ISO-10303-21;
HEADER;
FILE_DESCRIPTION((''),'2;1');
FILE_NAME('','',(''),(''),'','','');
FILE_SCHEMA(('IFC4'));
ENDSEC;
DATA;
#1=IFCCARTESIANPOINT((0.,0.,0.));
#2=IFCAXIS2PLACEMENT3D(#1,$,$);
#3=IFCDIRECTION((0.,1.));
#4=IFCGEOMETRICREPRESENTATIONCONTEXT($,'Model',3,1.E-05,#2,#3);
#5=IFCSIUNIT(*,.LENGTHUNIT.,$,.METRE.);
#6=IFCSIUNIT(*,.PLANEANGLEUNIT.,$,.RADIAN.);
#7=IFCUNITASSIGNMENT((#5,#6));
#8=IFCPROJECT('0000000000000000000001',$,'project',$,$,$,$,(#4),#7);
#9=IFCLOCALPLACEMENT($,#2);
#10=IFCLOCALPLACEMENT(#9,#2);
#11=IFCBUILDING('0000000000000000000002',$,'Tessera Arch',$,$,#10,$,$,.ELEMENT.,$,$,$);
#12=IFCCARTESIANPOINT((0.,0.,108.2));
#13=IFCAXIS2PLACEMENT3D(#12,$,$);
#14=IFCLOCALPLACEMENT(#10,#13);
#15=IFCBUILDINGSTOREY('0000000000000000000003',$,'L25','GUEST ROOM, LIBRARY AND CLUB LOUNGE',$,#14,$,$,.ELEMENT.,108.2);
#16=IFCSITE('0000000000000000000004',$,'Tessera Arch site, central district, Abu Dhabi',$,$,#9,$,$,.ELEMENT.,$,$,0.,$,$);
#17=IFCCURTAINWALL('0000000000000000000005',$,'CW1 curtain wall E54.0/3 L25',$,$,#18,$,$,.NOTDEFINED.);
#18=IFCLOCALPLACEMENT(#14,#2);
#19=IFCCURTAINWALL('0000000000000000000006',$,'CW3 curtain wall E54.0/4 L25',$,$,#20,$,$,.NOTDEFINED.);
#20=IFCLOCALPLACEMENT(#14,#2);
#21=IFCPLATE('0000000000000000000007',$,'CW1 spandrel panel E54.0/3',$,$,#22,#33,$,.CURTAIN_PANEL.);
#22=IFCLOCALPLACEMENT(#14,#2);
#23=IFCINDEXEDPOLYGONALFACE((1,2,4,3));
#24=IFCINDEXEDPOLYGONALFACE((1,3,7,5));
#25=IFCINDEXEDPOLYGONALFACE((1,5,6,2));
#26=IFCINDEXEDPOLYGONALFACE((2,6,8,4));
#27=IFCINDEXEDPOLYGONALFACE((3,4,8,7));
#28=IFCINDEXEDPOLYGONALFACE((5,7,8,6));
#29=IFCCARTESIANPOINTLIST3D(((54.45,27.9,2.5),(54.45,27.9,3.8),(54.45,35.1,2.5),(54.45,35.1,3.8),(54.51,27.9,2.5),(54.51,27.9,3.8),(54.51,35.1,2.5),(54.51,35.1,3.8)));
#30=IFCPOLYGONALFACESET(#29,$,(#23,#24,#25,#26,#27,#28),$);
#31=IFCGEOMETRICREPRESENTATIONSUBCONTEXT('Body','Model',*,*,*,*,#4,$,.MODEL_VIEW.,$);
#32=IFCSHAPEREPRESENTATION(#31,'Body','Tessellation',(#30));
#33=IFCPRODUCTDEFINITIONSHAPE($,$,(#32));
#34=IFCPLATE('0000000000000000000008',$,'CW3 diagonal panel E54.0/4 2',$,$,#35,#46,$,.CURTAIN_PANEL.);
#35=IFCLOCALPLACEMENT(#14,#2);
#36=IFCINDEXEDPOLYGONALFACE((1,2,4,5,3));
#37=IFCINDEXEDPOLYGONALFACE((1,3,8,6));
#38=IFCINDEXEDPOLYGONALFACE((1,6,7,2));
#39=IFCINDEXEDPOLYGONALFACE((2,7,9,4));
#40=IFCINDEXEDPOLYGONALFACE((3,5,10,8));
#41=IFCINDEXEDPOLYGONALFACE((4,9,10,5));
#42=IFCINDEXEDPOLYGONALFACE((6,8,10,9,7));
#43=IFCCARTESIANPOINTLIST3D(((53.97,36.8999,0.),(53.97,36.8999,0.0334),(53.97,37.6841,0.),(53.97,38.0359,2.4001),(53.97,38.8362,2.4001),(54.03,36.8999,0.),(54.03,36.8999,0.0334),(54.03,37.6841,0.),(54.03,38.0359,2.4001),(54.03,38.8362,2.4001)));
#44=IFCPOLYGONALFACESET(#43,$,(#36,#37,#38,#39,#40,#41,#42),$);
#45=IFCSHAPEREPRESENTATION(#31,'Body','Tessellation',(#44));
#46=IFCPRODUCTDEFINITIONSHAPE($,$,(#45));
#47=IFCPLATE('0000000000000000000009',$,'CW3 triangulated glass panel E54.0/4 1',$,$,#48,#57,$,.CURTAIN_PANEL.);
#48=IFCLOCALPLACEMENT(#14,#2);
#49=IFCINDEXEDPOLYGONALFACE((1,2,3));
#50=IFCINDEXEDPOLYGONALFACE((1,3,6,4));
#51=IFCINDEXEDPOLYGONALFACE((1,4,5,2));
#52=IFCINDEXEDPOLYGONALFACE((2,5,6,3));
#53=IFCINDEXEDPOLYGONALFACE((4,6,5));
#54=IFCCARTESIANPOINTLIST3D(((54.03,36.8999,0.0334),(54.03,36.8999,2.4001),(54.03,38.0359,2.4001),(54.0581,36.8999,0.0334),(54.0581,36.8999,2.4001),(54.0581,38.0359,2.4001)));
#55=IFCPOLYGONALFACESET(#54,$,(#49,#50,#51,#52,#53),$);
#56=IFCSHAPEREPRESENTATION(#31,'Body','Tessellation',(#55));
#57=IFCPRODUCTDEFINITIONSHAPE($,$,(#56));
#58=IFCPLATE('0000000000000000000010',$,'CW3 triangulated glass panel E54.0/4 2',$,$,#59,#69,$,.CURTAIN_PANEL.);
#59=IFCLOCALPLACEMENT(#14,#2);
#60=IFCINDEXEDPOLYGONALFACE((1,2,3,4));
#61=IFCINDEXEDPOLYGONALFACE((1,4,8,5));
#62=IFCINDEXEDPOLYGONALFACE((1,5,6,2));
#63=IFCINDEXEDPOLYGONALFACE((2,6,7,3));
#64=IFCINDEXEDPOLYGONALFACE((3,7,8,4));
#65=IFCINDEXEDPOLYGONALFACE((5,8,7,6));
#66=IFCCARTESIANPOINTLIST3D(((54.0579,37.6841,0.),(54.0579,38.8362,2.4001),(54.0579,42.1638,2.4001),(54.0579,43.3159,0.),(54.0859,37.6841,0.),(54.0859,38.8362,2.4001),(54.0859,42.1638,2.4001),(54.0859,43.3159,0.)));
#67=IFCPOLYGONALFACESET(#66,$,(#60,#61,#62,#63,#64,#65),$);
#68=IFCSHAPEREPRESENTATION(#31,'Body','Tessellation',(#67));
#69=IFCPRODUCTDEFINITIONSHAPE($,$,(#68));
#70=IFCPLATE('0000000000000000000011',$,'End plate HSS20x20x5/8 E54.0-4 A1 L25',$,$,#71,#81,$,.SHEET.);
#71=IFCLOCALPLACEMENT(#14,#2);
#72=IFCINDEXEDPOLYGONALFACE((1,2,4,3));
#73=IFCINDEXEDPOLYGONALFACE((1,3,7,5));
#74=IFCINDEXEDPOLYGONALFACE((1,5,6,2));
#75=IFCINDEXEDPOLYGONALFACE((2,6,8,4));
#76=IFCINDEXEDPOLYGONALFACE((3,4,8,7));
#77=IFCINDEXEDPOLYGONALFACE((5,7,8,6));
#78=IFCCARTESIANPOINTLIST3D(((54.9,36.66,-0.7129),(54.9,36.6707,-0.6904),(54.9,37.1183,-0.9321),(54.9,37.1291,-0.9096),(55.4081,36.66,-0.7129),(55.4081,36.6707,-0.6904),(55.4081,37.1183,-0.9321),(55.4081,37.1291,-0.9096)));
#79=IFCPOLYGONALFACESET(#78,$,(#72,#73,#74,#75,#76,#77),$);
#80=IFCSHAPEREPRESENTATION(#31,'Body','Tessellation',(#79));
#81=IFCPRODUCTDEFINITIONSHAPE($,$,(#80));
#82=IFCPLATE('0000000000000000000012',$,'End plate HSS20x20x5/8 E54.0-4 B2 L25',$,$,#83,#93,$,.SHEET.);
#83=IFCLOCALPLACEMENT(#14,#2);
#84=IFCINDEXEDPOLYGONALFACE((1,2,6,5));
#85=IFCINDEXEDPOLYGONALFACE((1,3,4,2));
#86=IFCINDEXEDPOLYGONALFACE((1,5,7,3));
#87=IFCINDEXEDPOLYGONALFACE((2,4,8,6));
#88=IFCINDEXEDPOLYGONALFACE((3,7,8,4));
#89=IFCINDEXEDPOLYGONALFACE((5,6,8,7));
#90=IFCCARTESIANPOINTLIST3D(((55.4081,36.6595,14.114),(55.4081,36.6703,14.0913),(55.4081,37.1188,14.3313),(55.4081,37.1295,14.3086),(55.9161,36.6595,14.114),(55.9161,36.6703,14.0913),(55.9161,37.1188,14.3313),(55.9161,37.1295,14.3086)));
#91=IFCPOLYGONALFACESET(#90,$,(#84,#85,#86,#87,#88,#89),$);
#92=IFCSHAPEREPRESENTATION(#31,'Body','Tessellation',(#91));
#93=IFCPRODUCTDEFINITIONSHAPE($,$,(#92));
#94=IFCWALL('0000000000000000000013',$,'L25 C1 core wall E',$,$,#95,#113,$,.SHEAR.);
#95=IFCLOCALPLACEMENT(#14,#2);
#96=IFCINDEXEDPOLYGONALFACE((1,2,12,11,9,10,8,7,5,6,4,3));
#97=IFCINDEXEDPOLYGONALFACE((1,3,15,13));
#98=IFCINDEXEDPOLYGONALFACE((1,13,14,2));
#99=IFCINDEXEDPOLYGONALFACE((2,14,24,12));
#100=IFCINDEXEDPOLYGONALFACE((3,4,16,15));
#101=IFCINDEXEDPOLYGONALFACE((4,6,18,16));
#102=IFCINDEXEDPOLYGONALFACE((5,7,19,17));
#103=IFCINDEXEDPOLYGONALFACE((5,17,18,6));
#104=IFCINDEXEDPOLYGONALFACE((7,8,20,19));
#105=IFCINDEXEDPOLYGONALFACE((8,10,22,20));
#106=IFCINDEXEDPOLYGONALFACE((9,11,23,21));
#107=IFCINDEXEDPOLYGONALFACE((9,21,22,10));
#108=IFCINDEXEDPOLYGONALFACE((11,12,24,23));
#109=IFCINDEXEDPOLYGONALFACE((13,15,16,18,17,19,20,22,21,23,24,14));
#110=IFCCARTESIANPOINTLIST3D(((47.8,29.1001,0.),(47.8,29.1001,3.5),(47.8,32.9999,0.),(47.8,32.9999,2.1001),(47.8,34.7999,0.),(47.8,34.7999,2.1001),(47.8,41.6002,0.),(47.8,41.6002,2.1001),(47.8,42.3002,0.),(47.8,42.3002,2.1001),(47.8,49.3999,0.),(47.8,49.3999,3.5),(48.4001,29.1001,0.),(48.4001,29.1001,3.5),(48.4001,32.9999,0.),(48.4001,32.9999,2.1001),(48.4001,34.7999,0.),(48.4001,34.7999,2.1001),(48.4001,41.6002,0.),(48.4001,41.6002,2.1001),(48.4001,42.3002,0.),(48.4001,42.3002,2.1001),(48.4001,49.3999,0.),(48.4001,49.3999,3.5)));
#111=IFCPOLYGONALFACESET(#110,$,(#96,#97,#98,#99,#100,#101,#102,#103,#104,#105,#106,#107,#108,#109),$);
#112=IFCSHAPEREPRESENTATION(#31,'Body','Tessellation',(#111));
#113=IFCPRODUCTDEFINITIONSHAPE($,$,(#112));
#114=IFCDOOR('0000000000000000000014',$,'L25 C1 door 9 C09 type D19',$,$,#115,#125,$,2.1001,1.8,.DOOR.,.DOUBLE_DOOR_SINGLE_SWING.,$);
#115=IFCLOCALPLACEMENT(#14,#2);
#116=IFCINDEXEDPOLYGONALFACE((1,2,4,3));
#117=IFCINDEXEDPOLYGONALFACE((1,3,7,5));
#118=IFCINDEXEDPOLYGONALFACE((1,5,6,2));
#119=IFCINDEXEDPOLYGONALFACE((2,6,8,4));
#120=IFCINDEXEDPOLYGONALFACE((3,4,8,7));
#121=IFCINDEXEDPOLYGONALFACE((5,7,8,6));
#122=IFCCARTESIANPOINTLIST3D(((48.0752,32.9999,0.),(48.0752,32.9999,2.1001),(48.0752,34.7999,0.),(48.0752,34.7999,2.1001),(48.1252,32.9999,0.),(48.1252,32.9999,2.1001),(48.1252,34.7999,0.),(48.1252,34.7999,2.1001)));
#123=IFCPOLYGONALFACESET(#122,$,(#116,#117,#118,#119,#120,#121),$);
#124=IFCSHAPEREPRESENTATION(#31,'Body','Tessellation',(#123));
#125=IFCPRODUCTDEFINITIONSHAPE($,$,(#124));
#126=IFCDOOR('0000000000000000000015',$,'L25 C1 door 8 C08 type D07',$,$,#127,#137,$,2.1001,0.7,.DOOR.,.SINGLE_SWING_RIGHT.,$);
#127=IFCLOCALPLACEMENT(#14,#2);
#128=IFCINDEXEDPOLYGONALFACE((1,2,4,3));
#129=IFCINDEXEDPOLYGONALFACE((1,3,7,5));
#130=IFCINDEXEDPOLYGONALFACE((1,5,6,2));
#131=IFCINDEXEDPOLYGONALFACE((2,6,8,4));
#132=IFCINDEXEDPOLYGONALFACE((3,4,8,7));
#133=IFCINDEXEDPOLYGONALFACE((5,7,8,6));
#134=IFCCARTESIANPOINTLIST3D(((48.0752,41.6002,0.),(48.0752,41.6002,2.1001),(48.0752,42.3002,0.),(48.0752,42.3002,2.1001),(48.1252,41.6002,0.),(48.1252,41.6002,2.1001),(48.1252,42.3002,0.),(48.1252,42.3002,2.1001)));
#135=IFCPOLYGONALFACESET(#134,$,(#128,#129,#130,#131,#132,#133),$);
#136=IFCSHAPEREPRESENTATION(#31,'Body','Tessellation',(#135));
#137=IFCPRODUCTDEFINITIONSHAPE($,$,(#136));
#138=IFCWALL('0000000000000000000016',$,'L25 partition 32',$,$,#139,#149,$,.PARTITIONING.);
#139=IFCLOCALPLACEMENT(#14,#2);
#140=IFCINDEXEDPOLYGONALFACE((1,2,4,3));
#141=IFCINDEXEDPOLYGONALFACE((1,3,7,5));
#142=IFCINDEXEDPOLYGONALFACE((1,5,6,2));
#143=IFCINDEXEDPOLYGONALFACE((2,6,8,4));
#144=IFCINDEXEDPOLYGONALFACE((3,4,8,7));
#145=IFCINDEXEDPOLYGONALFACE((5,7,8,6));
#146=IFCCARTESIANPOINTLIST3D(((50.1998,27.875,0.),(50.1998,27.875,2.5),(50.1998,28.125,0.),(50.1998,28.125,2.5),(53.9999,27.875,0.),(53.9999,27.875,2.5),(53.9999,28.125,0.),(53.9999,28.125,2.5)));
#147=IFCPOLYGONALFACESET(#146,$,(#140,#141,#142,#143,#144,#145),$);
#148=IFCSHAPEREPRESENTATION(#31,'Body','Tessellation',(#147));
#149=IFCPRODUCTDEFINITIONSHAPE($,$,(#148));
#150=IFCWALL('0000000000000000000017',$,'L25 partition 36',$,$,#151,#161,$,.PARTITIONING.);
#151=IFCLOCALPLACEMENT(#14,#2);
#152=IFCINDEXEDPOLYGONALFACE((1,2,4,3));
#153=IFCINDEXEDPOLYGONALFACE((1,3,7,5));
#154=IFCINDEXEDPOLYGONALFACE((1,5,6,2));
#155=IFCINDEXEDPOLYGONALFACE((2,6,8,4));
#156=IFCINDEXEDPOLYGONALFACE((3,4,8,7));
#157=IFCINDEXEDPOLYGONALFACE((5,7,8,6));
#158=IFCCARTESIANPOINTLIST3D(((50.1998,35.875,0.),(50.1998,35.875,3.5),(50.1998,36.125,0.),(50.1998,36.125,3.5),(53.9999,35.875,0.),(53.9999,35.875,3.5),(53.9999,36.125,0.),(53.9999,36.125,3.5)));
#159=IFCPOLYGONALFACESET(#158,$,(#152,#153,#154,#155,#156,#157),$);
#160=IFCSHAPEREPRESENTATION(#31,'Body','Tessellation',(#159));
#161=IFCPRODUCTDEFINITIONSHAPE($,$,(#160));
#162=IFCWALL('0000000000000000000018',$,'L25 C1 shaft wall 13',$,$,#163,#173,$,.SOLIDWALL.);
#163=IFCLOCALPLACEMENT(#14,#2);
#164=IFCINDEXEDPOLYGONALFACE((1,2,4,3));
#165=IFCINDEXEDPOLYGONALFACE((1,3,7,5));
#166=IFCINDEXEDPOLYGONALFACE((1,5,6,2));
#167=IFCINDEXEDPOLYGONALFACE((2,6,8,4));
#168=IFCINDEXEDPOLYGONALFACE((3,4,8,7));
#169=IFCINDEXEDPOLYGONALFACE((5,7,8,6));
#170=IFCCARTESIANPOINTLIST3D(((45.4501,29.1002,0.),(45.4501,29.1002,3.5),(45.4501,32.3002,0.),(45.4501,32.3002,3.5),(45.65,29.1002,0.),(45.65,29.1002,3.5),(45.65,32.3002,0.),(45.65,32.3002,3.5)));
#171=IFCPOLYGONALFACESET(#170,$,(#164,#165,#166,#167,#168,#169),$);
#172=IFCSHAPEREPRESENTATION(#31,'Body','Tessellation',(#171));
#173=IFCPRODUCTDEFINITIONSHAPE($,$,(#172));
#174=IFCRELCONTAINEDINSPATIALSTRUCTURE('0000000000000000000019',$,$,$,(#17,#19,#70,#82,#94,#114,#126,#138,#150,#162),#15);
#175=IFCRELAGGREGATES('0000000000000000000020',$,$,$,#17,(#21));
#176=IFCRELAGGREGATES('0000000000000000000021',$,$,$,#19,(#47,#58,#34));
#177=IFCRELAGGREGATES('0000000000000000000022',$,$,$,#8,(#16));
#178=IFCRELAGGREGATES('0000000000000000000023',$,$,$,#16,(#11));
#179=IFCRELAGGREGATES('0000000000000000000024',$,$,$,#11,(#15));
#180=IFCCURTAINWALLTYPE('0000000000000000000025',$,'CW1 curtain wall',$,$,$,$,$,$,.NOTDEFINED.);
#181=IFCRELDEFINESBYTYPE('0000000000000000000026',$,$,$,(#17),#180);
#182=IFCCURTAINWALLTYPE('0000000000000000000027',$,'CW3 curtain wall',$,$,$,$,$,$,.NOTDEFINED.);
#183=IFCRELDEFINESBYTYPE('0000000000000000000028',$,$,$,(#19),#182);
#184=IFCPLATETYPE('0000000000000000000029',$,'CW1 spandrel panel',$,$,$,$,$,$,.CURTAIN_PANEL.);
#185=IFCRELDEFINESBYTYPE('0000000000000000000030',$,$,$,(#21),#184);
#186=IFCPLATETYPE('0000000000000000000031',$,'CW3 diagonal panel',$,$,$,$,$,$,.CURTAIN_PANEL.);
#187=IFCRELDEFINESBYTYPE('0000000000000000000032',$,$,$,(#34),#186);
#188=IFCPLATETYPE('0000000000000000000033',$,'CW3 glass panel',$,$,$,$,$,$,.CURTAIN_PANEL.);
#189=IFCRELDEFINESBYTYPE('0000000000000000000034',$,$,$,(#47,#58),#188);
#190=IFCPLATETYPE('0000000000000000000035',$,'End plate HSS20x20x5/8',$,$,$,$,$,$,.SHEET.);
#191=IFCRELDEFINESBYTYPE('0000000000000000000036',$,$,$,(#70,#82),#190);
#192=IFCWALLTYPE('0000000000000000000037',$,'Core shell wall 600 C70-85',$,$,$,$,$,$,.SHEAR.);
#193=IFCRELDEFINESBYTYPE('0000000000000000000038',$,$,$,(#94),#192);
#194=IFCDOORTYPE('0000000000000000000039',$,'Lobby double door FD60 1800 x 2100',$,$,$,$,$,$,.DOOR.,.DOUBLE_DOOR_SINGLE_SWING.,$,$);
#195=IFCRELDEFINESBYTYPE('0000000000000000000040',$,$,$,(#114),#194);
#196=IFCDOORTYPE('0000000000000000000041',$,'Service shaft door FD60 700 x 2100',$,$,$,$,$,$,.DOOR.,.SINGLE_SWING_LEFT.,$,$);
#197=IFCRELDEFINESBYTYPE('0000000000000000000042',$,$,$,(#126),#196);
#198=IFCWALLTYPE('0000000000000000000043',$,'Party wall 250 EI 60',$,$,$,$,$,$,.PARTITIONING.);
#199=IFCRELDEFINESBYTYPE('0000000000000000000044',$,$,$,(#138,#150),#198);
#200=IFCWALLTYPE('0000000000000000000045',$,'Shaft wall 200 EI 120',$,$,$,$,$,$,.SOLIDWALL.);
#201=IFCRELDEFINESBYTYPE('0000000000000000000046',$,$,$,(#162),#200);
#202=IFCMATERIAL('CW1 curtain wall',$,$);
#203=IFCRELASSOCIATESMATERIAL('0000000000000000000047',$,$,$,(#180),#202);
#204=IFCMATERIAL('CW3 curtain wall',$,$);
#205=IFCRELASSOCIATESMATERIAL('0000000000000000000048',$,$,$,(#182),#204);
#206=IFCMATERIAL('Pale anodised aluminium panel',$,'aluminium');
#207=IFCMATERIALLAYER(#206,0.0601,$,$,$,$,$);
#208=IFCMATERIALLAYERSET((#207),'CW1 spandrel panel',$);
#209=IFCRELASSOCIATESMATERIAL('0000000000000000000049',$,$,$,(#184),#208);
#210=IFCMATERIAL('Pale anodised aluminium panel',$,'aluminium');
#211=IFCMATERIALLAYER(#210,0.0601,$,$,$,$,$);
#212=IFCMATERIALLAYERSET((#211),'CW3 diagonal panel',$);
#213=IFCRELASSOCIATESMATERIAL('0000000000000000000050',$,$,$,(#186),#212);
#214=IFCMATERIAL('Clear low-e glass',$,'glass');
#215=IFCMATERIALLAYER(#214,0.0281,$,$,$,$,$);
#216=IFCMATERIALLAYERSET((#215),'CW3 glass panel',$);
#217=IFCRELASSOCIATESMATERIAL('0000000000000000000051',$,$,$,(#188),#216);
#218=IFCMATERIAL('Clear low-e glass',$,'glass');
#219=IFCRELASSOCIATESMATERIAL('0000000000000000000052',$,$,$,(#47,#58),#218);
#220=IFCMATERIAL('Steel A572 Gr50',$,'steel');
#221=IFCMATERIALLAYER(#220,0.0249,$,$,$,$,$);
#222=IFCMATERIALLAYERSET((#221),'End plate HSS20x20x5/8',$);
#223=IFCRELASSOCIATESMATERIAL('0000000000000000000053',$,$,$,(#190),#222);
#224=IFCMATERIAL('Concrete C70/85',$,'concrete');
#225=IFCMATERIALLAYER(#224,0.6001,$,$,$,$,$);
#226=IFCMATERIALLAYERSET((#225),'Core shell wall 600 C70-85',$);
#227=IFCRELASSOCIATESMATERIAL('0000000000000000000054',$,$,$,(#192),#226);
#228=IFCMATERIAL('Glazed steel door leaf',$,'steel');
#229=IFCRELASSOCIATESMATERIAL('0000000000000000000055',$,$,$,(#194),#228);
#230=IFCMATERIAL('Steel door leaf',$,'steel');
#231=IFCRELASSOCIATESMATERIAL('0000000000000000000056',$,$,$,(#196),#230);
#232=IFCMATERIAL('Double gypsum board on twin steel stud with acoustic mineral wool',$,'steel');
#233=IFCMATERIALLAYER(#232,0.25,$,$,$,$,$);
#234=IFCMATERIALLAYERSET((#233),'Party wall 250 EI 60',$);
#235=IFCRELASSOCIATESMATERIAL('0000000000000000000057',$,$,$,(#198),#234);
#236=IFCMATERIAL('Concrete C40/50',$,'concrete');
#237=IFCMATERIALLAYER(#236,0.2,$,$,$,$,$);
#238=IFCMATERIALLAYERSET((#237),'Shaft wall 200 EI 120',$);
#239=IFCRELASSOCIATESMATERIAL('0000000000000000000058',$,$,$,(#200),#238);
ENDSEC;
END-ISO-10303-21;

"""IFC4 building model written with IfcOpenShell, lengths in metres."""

from ifc_helpers import new_model, si_unit, direction, frame, frame_2d, origin, origin_2d, place, context, subcontext, project, spatial, polyline, rectangle, outline, extrude, material, layer, layer_set, type_object, element, fill, aggregate, save


model = new_model("IFC4")

# Units and contexts
model_context = context("Model", 3, precision=1e-05, world=origin(), true_north=direction((0.0, 1.0)))
body_context = subcontext(model_context, "Body", "Model", "MODEL_VIEW")
ifc_project = project(units=[si_unit("LENGTHUNIT", "METRE"), si_unit("PLANEANGLEUNIT", "RADIAN")], contexts=[model_context])

# Site, building, storey
site_placement = place(None, origin())
site = spatial("IfcSite", under=ifc_project, at=site_placement, Name="Tessera Arch site, central district, Abu Dhabi", CompositionType="ELEMENT", RefElevation=0.0)
building_placement = place(site_placement, origin())
building = spatial("IfcBuilding", under=site, at=building_placement, Name="Tessera Arch", CompositionType="ELEMENT")
storey_placement = place(building_placement, frame((0.0, 0.0, 108.2)))
storey = spatial("IfcBuildingStorey", under=building, at=storey_placement, Name="L25", Description="GUEST ROOM, LIBRARY AND CLUB LOUNGE", CompositionType="ELEMENT", Elevation=108.2)

# Curtain wall
ifc_material_1 = material(Name="CW1 curtain wall")
curtain_wall_type_1 = type_object("IfcCurtainWallType", Name="CW1 curtain wall", PredefinedType="NOTDEFINED", material=ifc_material_1)
curtain_wall_1_placement = place(storey_placement, origin())
curtain_wall_1 = element("IfcCurtainWall", 1, at=curtain_wall_1_placement, inside=storey, type_object=curtain_wall_type_1, Name="CW1 curtain wall E54.0/3 L25", PredefinedType="NOTDEFINED")

# Curtain wall
ifc_material_2 = material(Name="CW3 curtain wall")
curtain_wall_type_2 = type_object("IfcCurtainWallType", Name="CW3 curtain wall", PredefinedType="NOTDEFINED", material=ifc_material_2)
curtain_wall_2_placement = place(storey_placement, origin())
curtain_wall_2 = element("IfcCurtainWall", 2, at=curtain_wall_2_placement, inside=storey, type_object=curtain_wall_type_2, Name="CW3 curtain wall E54.0/4 L25", PredefinedType="NOTDEFINED")

# Plates
ifc_material_3 = material(Name="Clear low-e glass", Category="glass")
ifc_material_4 = material(Name="Pale anodised aluminium panel", Category="aluminium")
ifc_layer_1 = layer(ifc_material_4, 0.0601)
ifc_layer_set_1 = layer_set([ifc_layer_1], Name="CW1 spandrel panel")
plate_type_1 = type_object("IfcPlateType", Name="CW1 spandrel panel", PredefinedType="CURTAIN_PANEL", material=ifc_layer_set_1)
plate_1_placement = place(storey_placement, frame((54.48, 31.5, 2.5), z_axis=(0.0, 0.0, 1.0), x_axis=(0.0, 1.0, 0.0)))
plate_1 = element("IfcPlate", 3, at=plate_1_placement, type_object=plate_type_1, Name="CW1 spandrel panel E54.0/3", PredefinedType="CURTAIN_PANEL", context=body_context, shape_type="SweptSolid", body=[
    extrude(rectangle(XDim=7.2, YDim=0.0601, at=origin_2d()), origin(), (0.0, 0.0, 1.0), 1.3),
])
aggregate(curtain_wall_1, [plate_1])
ifc_material_5 = material(Name="Pale anodised aluminium panel", Category="aluminium")
ifc_layer_2 = layer(ifc_material_5, 0.0601)
ifc_layer_set_2 = layer_set([ifc_layer_2], Name="CW3 diagonal panel")
plate_type_2 = type_object("IfcPlateType", Name="CW3 diagonal panel", PredefinedType="CURTAIN_PANEL", material=ifc_layer_set_2)
plate_2_placement = place(storey_placement, frame((54.03, 38.8362, 2.4001), z_axis=(1.0, 0.0, 0.0), x_axis=(0.0, -1.0, 0.0)))
plate_2 = element("IfcPlate", 4, at=plate_2_placement, type_object=plate_type_2, Name="CW3 diagonal panel E54.0/4 2", PredefinedType="CURTAIN_PANEL", context=body_context, shape_type="SweptSolid", body=[
    extrude(outline(polyline([(0.0, 0.0), (0.8003, 0.0), (1.9363, 2.3667), (1.9363, 2.4001), (1.1521, 2.4001), (0.0, 0.0)])), origin(), (0.0, 0.0, -1.0), 0.0601),
])
ifc_material_6 = material(Name="Clear low-e glass", Category="glass")
ifc_layer_3 = layer(ifc_material_6, 0.0281)
ifc_layer_set_3 = layer_set([ifc_layer_3], Name="CW3 glass panel")
plate_type_3 = type_object("IfcPlateType", Name="CW3 glass panel", PredefinedType="CURTAIN_PANEL", material=ifc_layer_set_3)
plate_3_placement = place(storey_placement, frame((54.0581, 36.8999, 2.4001), z_axis=(1.0, 0.0, 0.0), x_axis=(0.0, 0.0, -1.0)))
plate_3 = element("IfcPlate", 5, at=plate_3_placement, type_object=plate_type_3, material=ifc_material_3, Name="CW3 triangulated glass panel E54.0/4 1", PredefinedType="CURTAIN_PANEL", context=body_context, shape_type="SweptSolid", body=[
    extrude(outline(polyline([(0.0, 0.0), (2.3667, 0.0), (0.0, 1.136), (0.0, 0.0)])), origin(), (0.0, 0.0, -1.0), 0.0281),
])
plate_4_placement = place(storey_placement, frame((54.0859, 42.1638, 2.4001), z_axis=(1.0, 0.0, 0.0), x_axis=(0.0, -1.0, 0.0)))
plate_4 = element("IfcPlate", 6, at=plate_4_placement, type_object=plate_type_3, material=ifc_material_3, Name="CW3 triangulated glass panel E54.0/4 2", PredefinedType="CURTAIN_PANEL", context=body_context, shape_type="SweptSolid", body=[
    extrude(outline(polyline([(0.0, 0.0), (3.3276, 0.0), (4.4797, 2.4001), (-1.1521, 2.4001), (0.0, 0.0)])), origin(), (0.0, 0.0, -1.0), 0.0281),
])
aggregate(curtain_wall_2, [plate_3, plate_4, plate_2])

# Plates
ifc_material_7 = material(Name="Steel A572 Gr50", Category="steel")
ifc_layer_4 = layer(ifc_material_7, 0.0249)
ifc_layer_set_4 = layer_set([ifc_layer_4], Name="End plate HSS20x20x5/8")
plate_type_4 = type_object("IfcPlateType", Name="End plate HSS20x20x5/8", PredefinedType="SHEET", material=ifc_layer_set_4)
plate_5_placement = place(storey_placement, frame((55.1541, 36.8892, -0.8225), z_axis=(0.0, 0.431455, 0.902134), x_axis=(-1.0, 0.0, 0.0)))
element("IfcPlate", 7, at=plate_5_placement, inside=storey, type_object=plate_type_4, Name="End plate HSS20x20x5/8 E54.0-4 A1 L25", PredefinedType="SHEET", context=body_context, shape_type="SweptSolid", body=[
    extrude(rectangle(XDim=0.5081, YDim=0.5081, at=origin_2d()), origin(), (0.0, 0.0, 1.0), 0.0249),
])
plate_6_placement = place(storey_placement, frame((55.6621, 36.8999, 14.2), z_axis=(0.0, -0.427668, 0.903936), x_axis=(1.0, 0.0, 0.0)))
element("IfcPlate", 8, at=plate_6_placement, inside=storey, type_object=plate_type_4, Name="End plate HSS20x20x5/8 E54.0-4 B2 L25", PredefinedType="SHEET", context=body_context, shape_type="SweptSolid", body=[
    extrude(rectangle(XDim=0.5081, YDim=0.5081, at=origin_2d()), origin(), (0.0, 0.0, 1.0), 0.0251),
])

# Wall, openings, doors
ifc_material_8 = material(Name="Concrete C70/85", Category="concrete")
ifc_layer_5 = layer(ifc_material_8, 0.6001)
ifc_layer_set_5 = layer_set([ifc_layer_5], Name="Core shell wall 600 C70-85")
wall_type_1 = type_object("IfcWallType", Name="Core shell wall 600 C70-85", PredefinedType="SHEAR", material=ifc_layer_set_5)
wall_1_placement = place(storey_placement, frame((48.1001, 29.1001, 0.0), z_axis=(0.0, 0.0, 1.0), x_axis=(0.0, 1.0, 0.0)))
wall_1 = element("IfcWall", 9, at=wall_1_placement, inside=storey, type_object=wall_type_1, Name="L25 C1 core wall E", PredefinedType="SHEAR", context=body_context, shape_type="SweptSolid", body=[
    extrude(rectangle(XDim=20.2998, YDim=0.6001, at=frame_2d((10.1499, 0.0))), origin(), (0.0, 0.0, 1.0), 3.5),
])
opening_1_placement = place(wall_1_placement, frame((12.5, 0.0, 0.0)))
opening_1 = element("IfcOpeningElement", 10, at=opening_1_placement, cuts=wall_1, PredefinedType="OPENING", context=body_context, shape_type="SweptSolid", body=[
    extrude(rectangle(XDim=0.7, YDim=2.1001, at=frame_2d((0.3501, 1.05))), frame((0.0, 0.3101, 0.0), z_axis=(0.0, -1.0, 0.0), x_axis=(1.0, 0.0, 0.0)), (0.0, 0.0, 1.0), 0.6201),
])
opening_2_placement = place(wall_1_placement, frame((3.8999, 0.0, 0.0)))
opening_2 = element("IfcOpeningElement", 11, at=opening_2_placement, cuts=wall_1, PredefinedType="OPENING", context=body_context, shape_type="SweptSolid", body=[
    extrude(rectangle(XDim=1.8, YDim=2.1001, at=frame_2d((0.8999, 1.05))), frame((0.0, 0.3101, 0.0), z_axis=(0.0, -1.0, 0.0), x_axis=(1.0, 0.0, 0.0)), (0.0, 0.0, 1.0), 0.6201),
])
ifc_material_9 = material(Name="Glazed steel door leaf", Category="steel")
door_type_1 = type_object("IfcDoorType", Name="Lobby double door FD60 1800 x 2100", OperationType="DOUBLE_DOOR_SINGLE_SWING", PredefinedType="DOOR", material=ifc_material_9)
door_1_placement = place(opening_2_placement, origin())
door_1 = element("IfcDoor", 12, at=door_1_placement, inside=storey, type_object=door_type_1, Name="L25 C1 door 9 C09 type D19", OperationType="DOUBLE_DOOR_SINGLE_SWING", OverallHeight=2.1001, OverallWidth=1.8, PredefinedType="DOOR", context=body_context, shape_type="SweptSolid", body=[
    extrude(rectangle(XDim=1.8, YDim=2.1001, at=frame_2d((0.8999, 1.05))), frame((0.0, 0.0249, 0.0), z_axis=(0.0, -1.0, 0.0), x_axis=(1.0, 0.0, 0.0)), (0.0, 0.0, 1.0), 0.05),
])
fill(opening_2, door_1)
ifc_material_10 = material(Name="Steel door leaf", Category="steel")
door_type_2 = type_object("IfcDoorType", Name="Service shaft door FD60 700 x 2100", OperationType="SINGLE_SWING_LEFT", PredefinedType="DOOR", material=ifc_material_10)
door_2_placement = place(opening_1_placement, origin())
door_2 = element("IfcDoor", 13, at=door_2_placement, inside=storey, type_object=door_type_2, Name="L25 C1 door 8 C08 type D07", OperationType="SINGLE_SWING_RIGHT", OverallHeight=2.1001, OverallWidth=0.7, PredefinedType="DOOR", context=body_context, shape_type="SweptSolid", body=[
    extrude(rectangle(XDim=0.7, YDim=2.1001, at=frame_2d((0.3501, 1.05))), frame((0.0, 0.0249, 0.0), z_axis=(0.0, -1.0, 0.0), x_axis=(1.0, 0.0, 0.0)), (0.0, 0.0, 1.0), 0.05),
])
fill(opening_1, door_2)

# Walls
ifc_material_11 = material(Name="Double gypsum board on twin steel stud with acoustic mineral wool", Category="steel")
ifc_layer_6 = layer(ifc_material_11, 0.25)
ifc_layer_set_6 = layer_set([ifc_layer_6], Name="Party wall 250 EI 60")
wall_type_2 = type_object("IfcWallType", Name="Party wall 250 EI 60", PredefinedType="PARTITIONING", material=ifc_layer_set_6)
wall_2_placement = place(storey_placement, frame((50.2, 28.0, 0.0), z_axis=(0.0, 0.0, 1.0), x_axis=(1.0, 0.0, 0.0)))
element("IfcWall", 14, at=wall_2_placement, inside=storey, type_object=wall_type_2, Name="L25 partition 32", PredefinedType="PARTITIONING", context=body_context, shape_type="SweptSolid", body=[
    extrude(rectangle(XDim=3.8, YDim=0.25, at=frame_2d((1.8999, 0.0))), origin(), (0.0, 0.0, 1.0), 2.5),
])
wall_3_placement = place(storey_placement, frame((50.2, 36.0, 0.0), z_axis=(0.0, 0.0, 1.0), x_axis=(1.0, 0.0, 0.0)))
element("IfcWall", 15, at=wall_3_placement, inside=storey, type_object=wall_type_2, Name="L25 partition 36", PredefinedType="PARTITIONING", context=body_context, shape_type="SweptSolid", body=[
    extrude(rectangle(XDim=3.8, YDim=0.25, at=frame_2d((1.8999, 0.0))), origin(), (0.0, 0.0, 1.0), 3.5),
])
ifc_material_12 = material(Name="Concrete C40/50", Category="concrete")
ifc_layer_7 = layer(ifc_material_12, 0.2)
ifc_layer_set_7 = layer_set([ifc_layer_7], Name="Shaft wall 200 EI 120")
wall_type_3 = type_object("IfcWallType", Name="Shaft wall 200 EI 120", PredefinedType="SOLIDWALL", material=ifc_layer_set_7)
for number, where, z_axis, x_axis, name in (
    (16, (45.55, 29.1001, 0.0), (0.0, 0.0, 1.0), (0.0, 1.0, 0.0), "L25 C1 shaft wall 13"),
):
    element("IfcWall", number, at=place(storey_placement, frame(where, z_axis=z_axis, x_axis=x_axis)), inside=storey, type_object=wall_type_3, Name=name, PredefinedType="SOLIDWALL", context=body_context, shape_type="SweptSolid", body=[
        extrude(rectangle(XDim=3.2, YDim=0.2, at=frame_2d((1.6001, 0.0))), origin(), (0.0, 0.0, 1.0), 3.5),
    ])

save(model, "model.ifc")
